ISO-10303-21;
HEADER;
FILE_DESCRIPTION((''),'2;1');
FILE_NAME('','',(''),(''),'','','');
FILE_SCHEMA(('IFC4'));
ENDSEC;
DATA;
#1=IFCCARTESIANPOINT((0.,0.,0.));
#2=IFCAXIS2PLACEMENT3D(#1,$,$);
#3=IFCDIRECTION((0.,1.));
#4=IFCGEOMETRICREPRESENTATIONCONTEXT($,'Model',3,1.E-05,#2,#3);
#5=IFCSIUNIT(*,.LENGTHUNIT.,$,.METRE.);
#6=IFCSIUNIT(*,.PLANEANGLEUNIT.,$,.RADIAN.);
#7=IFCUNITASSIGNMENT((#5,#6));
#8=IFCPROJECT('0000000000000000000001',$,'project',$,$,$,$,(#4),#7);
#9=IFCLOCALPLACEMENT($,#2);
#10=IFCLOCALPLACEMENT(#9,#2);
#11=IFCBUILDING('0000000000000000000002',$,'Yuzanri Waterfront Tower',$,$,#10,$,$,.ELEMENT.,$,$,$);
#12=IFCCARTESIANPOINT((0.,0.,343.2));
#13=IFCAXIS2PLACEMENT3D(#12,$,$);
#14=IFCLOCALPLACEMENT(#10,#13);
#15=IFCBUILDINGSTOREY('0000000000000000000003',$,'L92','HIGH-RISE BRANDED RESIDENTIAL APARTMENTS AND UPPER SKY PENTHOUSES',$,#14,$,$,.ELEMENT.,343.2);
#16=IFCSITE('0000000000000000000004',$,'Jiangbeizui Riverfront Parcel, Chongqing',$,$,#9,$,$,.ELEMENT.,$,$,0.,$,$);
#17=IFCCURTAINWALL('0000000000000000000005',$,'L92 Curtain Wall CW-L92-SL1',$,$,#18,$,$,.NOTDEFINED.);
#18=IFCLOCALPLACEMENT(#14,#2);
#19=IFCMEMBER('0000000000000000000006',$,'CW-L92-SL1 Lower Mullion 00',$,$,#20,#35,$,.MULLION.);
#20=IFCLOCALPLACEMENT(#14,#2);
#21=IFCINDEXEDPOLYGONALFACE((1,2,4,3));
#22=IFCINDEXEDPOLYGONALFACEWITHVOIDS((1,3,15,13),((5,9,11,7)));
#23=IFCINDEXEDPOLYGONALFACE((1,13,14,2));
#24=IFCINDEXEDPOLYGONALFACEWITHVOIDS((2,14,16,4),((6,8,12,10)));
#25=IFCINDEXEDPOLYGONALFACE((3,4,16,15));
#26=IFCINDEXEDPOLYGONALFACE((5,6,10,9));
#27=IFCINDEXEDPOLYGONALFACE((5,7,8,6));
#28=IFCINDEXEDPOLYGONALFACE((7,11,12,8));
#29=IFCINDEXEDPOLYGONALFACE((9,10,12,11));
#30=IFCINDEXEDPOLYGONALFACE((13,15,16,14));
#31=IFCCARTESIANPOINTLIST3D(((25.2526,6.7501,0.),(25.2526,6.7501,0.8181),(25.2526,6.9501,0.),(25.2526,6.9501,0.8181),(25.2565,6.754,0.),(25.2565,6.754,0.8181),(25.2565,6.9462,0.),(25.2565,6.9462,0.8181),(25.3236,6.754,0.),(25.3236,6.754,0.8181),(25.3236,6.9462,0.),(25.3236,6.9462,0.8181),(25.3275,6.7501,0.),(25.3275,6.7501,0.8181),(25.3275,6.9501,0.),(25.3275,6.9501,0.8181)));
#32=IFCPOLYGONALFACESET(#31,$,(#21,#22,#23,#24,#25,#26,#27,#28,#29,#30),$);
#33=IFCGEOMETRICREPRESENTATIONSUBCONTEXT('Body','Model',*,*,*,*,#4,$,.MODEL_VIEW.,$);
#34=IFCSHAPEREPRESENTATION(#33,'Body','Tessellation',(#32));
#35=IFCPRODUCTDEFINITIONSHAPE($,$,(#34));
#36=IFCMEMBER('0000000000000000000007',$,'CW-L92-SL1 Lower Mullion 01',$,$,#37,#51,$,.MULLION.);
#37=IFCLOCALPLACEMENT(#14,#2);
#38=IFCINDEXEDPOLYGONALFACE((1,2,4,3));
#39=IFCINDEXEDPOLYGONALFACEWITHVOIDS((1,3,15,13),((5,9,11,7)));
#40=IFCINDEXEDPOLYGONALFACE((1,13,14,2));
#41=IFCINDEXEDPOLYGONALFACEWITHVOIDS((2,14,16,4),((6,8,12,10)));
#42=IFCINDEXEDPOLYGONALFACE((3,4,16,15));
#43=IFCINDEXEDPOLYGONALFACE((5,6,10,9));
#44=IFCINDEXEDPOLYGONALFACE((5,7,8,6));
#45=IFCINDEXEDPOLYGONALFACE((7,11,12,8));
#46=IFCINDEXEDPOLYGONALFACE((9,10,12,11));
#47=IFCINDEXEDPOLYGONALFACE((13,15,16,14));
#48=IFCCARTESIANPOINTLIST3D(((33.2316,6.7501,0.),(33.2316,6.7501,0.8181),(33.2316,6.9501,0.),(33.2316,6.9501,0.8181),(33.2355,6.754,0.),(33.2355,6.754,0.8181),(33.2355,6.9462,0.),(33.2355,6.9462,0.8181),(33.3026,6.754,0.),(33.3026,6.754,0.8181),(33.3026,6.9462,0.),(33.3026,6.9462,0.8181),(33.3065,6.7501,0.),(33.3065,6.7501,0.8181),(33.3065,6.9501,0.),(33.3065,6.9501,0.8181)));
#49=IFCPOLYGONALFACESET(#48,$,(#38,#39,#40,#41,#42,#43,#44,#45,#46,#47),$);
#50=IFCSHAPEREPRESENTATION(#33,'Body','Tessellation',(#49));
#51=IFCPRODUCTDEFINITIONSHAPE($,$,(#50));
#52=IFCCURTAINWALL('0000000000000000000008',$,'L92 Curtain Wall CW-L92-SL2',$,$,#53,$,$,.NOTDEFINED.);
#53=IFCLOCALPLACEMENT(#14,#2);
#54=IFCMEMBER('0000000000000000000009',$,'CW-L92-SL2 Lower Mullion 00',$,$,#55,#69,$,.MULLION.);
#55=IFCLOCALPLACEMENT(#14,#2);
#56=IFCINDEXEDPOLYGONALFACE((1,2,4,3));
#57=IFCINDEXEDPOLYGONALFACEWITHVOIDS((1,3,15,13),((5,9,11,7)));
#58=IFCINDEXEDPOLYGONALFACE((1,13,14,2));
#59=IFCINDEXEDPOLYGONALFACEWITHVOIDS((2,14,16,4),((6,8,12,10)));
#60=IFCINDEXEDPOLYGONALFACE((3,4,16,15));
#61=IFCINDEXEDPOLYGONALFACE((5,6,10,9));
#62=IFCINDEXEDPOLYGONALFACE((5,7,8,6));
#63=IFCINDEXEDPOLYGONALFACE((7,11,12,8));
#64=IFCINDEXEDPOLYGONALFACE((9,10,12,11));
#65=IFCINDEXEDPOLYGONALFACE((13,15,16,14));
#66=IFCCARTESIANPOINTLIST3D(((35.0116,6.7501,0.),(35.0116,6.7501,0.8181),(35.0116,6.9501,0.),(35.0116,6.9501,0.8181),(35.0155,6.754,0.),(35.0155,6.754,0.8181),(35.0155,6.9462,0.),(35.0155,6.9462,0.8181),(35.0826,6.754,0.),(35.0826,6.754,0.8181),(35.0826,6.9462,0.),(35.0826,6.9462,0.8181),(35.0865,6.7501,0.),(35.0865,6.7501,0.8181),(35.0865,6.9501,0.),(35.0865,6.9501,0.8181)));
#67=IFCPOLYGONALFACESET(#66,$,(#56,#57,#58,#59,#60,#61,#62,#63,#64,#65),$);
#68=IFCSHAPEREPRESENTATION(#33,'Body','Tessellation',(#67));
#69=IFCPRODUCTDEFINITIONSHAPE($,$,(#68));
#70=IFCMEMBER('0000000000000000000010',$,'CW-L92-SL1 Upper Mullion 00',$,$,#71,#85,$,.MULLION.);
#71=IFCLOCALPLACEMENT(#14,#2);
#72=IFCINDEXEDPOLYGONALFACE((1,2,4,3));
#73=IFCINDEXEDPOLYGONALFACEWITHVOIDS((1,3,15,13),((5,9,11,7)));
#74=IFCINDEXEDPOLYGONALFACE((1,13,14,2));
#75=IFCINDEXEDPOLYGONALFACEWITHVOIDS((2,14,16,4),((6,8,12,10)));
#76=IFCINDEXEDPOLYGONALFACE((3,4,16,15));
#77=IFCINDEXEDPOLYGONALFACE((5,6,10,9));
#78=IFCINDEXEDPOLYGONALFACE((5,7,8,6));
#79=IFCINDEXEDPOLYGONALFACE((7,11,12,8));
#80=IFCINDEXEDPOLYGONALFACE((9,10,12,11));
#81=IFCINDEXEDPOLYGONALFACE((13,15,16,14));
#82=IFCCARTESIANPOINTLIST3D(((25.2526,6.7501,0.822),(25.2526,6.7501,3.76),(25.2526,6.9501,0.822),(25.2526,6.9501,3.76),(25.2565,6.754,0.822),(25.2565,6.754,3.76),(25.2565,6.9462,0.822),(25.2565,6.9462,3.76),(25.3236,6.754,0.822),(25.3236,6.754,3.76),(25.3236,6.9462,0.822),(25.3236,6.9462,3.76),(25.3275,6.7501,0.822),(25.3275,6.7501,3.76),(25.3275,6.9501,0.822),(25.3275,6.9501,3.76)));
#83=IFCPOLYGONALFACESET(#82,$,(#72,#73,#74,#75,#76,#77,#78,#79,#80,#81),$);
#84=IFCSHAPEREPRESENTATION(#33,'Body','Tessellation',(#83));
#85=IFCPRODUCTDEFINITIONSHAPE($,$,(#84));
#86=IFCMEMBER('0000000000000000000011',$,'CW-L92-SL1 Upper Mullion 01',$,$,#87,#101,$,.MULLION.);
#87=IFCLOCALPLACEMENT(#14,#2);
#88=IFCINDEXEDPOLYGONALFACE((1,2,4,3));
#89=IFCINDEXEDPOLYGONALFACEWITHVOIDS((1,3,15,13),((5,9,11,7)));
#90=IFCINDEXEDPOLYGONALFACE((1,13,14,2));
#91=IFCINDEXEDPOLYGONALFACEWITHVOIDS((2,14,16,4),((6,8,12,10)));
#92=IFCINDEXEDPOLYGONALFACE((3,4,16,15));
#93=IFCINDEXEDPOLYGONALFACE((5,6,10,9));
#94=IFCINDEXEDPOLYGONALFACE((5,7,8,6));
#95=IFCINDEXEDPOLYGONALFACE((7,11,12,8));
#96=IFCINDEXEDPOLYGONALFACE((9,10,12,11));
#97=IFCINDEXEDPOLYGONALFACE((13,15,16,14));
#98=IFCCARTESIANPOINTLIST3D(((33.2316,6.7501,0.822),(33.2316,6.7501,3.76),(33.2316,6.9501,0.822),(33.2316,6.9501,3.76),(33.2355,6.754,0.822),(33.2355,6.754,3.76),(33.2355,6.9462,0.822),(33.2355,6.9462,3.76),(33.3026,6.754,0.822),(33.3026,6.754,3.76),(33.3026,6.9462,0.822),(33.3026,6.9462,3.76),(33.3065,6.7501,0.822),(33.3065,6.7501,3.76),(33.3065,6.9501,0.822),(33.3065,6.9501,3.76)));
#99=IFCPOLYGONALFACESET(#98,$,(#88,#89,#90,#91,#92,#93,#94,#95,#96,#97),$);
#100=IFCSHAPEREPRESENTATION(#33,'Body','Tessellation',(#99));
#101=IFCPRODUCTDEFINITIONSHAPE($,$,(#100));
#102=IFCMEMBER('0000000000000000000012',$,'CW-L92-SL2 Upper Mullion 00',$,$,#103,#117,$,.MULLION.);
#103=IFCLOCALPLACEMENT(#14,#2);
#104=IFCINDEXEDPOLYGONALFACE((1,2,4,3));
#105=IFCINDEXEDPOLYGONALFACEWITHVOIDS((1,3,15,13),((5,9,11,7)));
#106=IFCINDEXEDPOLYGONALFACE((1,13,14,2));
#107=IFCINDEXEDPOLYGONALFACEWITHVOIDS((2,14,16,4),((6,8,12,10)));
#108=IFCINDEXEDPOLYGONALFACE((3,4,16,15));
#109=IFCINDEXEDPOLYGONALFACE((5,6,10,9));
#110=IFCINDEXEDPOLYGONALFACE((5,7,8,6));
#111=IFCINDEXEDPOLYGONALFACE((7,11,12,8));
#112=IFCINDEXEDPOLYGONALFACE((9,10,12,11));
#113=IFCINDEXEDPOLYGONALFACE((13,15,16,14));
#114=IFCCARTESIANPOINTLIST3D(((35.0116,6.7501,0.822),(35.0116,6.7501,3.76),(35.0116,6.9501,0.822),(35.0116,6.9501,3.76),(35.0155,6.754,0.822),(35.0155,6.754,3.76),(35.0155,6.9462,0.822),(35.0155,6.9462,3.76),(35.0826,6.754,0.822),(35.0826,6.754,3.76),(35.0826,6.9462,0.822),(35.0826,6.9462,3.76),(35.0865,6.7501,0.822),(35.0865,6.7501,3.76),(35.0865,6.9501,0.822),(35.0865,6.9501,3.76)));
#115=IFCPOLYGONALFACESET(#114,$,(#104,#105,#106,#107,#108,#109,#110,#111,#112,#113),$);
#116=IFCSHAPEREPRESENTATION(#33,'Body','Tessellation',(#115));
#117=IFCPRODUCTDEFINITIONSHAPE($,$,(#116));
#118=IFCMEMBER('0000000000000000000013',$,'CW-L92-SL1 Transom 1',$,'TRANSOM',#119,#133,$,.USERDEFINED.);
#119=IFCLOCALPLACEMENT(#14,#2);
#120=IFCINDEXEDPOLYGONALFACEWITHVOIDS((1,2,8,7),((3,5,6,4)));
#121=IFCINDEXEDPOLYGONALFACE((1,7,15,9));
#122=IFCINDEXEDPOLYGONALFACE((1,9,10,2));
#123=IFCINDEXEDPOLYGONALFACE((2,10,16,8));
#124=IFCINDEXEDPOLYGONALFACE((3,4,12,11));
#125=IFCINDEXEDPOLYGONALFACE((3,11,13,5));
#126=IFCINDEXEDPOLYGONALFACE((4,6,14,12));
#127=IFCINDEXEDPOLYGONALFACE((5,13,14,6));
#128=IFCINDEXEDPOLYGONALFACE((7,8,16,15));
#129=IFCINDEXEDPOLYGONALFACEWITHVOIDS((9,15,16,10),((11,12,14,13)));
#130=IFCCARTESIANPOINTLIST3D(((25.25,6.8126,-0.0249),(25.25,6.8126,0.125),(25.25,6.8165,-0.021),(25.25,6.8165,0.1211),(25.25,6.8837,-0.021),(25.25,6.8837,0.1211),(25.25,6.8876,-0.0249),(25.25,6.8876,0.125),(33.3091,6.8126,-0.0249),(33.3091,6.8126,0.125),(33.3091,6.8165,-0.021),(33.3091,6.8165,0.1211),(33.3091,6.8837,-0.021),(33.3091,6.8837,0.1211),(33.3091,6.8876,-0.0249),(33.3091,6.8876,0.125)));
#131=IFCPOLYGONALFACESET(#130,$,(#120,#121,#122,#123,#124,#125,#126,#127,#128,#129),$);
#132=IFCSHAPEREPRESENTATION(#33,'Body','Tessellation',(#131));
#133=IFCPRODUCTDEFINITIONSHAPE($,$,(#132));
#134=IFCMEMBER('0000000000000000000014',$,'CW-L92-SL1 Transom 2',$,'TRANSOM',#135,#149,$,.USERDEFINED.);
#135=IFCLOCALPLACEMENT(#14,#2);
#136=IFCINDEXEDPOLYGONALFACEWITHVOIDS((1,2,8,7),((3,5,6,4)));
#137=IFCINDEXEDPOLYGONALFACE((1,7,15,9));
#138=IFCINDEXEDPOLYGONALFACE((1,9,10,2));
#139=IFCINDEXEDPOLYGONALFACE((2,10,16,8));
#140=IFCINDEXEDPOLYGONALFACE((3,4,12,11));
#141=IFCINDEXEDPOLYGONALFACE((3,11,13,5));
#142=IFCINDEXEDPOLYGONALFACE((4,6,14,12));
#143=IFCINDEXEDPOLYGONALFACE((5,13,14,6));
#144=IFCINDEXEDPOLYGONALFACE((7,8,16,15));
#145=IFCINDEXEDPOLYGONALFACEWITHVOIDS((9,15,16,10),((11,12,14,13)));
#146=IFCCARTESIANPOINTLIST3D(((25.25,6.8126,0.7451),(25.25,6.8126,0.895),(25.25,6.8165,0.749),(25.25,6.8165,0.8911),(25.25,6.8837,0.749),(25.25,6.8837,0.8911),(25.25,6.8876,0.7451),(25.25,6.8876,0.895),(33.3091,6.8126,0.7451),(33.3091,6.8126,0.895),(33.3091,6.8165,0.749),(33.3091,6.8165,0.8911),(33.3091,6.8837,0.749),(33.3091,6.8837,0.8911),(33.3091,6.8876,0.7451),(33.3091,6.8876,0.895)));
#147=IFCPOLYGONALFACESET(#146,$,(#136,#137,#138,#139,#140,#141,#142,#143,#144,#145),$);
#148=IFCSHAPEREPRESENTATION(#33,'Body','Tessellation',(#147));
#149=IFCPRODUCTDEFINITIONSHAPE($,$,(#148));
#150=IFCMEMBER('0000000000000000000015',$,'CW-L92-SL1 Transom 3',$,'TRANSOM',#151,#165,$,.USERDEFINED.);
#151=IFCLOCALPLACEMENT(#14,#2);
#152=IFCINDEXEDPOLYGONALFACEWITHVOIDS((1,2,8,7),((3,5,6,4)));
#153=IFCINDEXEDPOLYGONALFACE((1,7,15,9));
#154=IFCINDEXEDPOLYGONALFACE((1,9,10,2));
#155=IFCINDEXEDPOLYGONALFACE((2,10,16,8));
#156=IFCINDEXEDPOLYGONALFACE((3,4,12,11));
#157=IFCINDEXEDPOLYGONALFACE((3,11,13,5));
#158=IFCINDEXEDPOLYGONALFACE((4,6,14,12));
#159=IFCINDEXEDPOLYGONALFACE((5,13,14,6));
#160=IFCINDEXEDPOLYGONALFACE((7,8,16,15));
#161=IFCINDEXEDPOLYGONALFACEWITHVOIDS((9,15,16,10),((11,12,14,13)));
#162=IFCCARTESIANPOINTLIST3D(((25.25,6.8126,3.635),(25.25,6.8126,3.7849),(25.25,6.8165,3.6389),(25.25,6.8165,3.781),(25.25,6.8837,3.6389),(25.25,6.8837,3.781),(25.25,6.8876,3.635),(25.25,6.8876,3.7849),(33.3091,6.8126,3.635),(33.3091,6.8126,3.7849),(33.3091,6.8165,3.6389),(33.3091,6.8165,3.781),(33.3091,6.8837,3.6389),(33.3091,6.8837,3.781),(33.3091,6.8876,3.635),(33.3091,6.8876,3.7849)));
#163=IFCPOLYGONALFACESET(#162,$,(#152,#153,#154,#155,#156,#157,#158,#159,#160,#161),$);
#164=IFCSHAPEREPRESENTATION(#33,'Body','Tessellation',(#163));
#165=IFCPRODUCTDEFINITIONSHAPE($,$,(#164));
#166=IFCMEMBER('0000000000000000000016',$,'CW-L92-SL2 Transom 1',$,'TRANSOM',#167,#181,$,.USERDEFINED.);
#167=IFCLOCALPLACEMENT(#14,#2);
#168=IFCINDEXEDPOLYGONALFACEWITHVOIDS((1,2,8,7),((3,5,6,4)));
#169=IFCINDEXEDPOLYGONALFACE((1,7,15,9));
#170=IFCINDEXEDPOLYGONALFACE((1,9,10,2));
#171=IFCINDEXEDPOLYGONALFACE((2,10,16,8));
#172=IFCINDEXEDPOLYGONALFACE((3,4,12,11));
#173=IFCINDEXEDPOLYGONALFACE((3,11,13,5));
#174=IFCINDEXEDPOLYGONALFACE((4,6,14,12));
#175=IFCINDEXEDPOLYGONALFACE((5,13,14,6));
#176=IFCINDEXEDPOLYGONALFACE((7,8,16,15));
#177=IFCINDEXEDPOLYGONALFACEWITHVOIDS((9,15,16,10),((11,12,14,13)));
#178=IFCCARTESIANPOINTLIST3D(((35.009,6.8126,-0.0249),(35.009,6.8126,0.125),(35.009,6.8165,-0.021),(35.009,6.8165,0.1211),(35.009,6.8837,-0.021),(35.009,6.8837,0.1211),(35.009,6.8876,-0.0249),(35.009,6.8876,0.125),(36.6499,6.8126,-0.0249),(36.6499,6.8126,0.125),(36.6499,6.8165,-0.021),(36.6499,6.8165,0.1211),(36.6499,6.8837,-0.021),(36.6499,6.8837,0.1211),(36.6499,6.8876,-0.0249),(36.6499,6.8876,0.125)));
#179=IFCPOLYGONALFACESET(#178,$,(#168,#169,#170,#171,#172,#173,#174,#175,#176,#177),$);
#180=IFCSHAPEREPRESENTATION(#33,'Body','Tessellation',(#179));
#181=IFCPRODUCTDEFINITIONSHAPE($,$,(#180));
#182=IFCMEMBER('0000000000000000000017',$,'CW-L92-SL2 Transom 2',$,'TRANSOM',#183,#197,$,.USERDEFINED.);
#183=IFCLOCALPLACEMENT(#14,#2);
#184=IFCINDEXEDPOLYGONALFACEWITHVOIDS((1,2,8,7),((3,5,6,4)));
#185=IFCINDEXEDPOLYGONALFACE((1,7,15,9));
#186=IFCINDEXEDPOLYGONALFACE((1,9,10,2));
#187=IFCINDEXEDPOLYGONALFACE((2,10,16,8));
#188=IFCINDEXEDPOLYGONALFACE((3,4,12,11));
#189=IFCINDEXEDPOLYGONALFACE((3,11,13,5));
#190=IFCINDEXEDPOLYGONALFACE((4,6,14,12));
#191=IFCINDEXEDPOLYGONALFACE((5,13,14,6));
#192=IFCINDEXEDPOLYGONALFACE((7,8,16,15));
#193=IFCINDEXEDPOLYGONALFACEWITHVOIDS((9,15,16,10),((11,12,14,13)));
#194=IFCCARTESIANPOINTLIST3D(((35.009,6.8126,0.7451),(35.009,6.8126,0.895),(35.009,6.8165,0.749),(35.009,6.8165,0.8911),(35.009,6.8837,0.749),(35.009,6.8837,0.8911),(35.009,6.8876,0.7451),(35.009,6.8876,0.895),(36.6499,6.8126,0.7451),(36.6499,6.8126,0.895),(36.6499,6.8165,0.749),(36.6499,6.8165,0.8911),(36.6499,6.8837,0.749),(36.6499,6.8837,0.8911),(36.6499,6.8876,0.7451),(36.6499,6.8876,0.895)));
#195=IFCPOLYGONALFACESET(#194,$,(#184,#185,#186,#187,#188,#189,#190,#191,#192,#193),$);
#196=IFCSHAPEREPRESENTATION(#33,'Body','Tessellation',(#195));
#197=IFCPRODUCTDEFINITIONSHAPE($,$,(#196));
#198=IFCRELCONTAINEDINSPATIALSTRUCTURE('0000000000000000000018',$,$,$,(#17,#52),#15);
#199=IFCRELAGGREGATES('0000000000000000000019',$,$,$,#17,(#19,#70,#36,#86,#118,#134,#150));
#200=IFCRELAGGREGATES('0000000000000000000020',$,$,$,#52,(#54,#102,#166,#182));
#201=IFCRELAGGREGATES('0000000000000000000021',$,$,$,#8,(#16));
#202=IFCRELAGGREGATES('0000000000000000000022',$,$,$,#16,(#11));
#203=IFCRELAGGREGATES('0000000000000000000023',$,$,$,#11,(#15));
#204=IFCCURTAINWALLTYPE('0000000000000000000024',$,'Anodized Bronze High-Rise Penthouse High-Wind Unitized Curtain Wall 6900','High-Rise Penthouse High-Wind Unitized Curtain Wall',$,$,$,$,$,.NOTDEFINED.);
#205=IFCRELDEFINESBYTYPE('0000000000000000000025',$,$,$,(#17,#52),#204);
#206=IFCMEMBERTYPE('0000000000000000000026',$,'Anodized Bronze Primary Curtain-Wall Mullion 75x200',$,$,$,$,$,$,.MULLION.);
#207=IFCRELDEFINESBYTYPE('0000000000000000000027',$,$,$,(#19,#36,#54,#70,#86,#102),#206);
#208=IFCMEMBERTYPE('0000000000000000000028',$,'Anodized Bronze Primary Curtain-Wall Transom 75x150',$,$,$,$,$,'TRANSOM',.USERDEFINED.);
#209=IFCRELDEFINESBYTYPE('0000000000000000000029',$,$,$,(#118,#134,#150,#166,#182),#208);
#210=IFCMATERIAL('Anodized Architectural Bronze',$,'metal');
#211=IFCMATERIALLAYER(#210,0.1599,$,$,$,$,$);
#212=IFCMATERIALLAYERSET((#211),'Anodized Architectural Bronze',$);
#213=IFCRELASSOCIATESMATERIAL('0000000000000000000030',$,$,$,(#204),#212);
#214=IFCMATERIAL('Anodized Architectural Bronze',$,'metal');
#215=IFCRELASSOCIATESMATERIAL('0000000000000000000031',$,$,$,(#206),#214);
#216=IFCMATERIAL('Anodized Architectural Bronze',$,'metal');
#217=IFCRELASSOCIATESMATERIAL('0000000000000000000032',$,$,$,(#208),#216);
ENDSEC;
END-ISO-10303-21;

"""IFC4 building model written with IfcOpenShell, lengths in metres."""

from ifc_helpers import new_model, si_unit, direction, frame, origin, origin_2d, place, context, subcontext, project, spatial, hollow_rectangle, extrude, source, transform, mapped, material, layer, layer_set, material_profile, profile_set, type_object, element, aggregate, save


model = new_model("IFC4")

# Units and contexts
model_context = context("Model", 3, precision=1e-05, world=origin(), true_north=direction((0.0, 1.0)))
body_context = subcontext(model_context, "Body", "Model", "MODEL_VIEW")
ifc_project = project(units=[si_unit("LENGTHUNIT", "METRE"), si_unit("PLANEANGLEUNIT", "RADIAN")], contexts=[model_context])

# Site, building, storey
site_placement = place(None, origin())
site = spatial("IfcSite", under=ifc_project, at=site_placement, Name="Jiangbeizui Riverfront Parcel, Chongqing", CompositionType="ELEMENT", RefElevation=0.0)
building_placement = place(site_placement, origin())
building = spatial("IfcBuilding", under=site, at=building_placement, Name="Yuzanri Waterfront Tower", CompositionType="ELEMENT")
storey_placement = place(building_placement, frame((0.0, 0.0, 343.2)))
storey = spatial("IfcBuildingStorey", under=building, at=storey_placement, Name="L92", Description="HIGH-RISE BRANDED RESIDENTIAL APARTMENTS AND UPPER SKY PENTHOUSES", CompositionType="ELEMENT", Elevation=343.2)

# Curtain wall, members
ifc_material_1 = material(Name="Anodized Architectural Bronze", Category="metal")
ifc_layer_1 = layer(ifc_material_1, 0.1599)
ifc_layer_set_1 = layer_set([ifc_layer_1], Name="Anodized Architectural Bronze")
curtain_wall_type = type_object("IfcCurtainWallType", Name="Anodized Bronze High-Rise Penthouse High-Wind Unitized Curtain Wall 6900", Description="High-Rise Penthouse High-Wind Unitized Curtain Wall", PredefinedType="NOTDEFINED", material=ifc_layer_set_1)
curtain_wall_1_placement = place(storey_placement, origin())
curtain_wall_1 = element("IfcCurtainWall", 1, at=curtain_wall_1_placement, inside=storey, type_object=curtain_wall_type, Name="L92 Curtain Wall CW-L92-SL1", PredefinedType="NOTDEFINED")
ifc_material_2 = material(Name="Anodized Architectural Bronze", Category="metal")
ifc_material_profile_1 = material_profile(ifc_material_2, hollow_rectangle(XDim=0.075, YDim=0.2, WallThickness=0.0039, at=origin_2d()), Name="CWM 75x200")
ifc_profile_set_1 = profile_set([ifc_material_profile_1], Name="Anodized Architectural Bronze")
member_type_1 = type_object("IfcMemberType", Name="Anodized Bronze Primary Curtain-Wall Mullion 75x200", PredefinedType="MULLION", material=ifc_profile_set_1)
shared_shape_1 = source(origin(), body_context, "Body", "SweptSolid", [
    extrude(hollow_rectangle(XDim=0.075, YDim=0.2, WallThickness=0.0039, at=origin_2d()), origin(), (0.0, 0.0, 1.0), 0.8181),
])
member_1_placement = place(storey_placement, frame((25.29, 6.8501, 0.0), z_axis=(0.0, 0.0, 1.0), x_axis=(1.0, 0.0, 0.0)))
member_1 = element("IfcMember", 2, at=member_1_placement, type_object=member_type_1, Name="CW-L92-SL1 Lower Mullion 00", PredefinedType="MULLION", context=body_context, shape_type="MappedRepresentation", body=[
    mapped(shared_shape_1, transform((0.0, 0.0, 0.0), scale=1.0)),
])
member_2_placement = place(storey_placement, frame((33.269, 6.8501, 0.0), z_axis=(0.0, 0.0, 1.0), x_axis=(1.0, 0.0, 0.0)))
member_2 = element("IfcMember", 3, at=member_2_placement, type_object=member_type_1, Name="CW-L92-SL1 Lower Mullion 01", PredefinedType="MULLION", context=body_context, shape_type="MappedRepresentation", body=[
    mapped(shared_shape_1, transform((0.0, 0.0, 0.0), scale=1.0)),
])

# Curtain wall, member
curtain_wall_2_placement = place(storey_placement, origin())
curtain_wall_2 = element("IfcCurtainWall", 4, at=curtain_wall_2_placement, inside=storey, type_object=curtain_wall_type, Name="L92 Curtain Wall CW-L92-SL2", PredefinedType="NOTDEFINED")
member_3_placement = place(storey_placement, frame((35.0491, 6.8501, 0.0), z_axis=(0.0, 0.0, 1.0), x_axis=(1.0, 0.0, 0.0)))
member_3 = element("IfcMember", 5, at=member_3_placement, type_object=member_type_1, Name="CW-L92-SL2 Lower Mullion 00", PredefinedType="MULLION", context=body_context, shape_type="MappedRepresentation", body=[
    mapped(shared_shape_1, transform((0.0, 0.0, 0.0), scale=1.0)),
])

# Members
shared_shape_2 = source(origin(), body_context, "Body", "SweptSolid", [
    extrude(hollow_rectangle(XDim=0.075, YDim=0.2, WallThickness=0.0039, at=origin_2d()), origin(), (0.0, 0.0, 1.0), 2.938),
])
member_4_placement = place(storey_placement, frame((25.29, 6.8501, 0.822), z_axis=(0.0, 0.0, 1.0), x_axis=(1.0, 0.0, 0.0)))
member_4 = element("IfcMember", 6, at=member_4_placement, type_object=member_type_1, Name="CW-L92-SL1 Upper Mullion 00", PredefinedType="MULLION", context=body_context, shape_type="MappedRepresentation", body=[
    mapped(shared_shape_2, transform((0.0, 0.0, 0.0), scale=1.0)),
])
member_5_placement = place(storey_placement, frame((33.269, 6.8501, 0.822), z_axis=(0.0, 0.0, 1.0), x_axis=(1.0, 0.0, 0.0)))
member_5 = element("IfcMember", 7, at=member_5_placement, type_object=member_type_1, Name="CW-L92-SL1 Upper Mullion 01", PredefinedType="MULLION", context=body_context, shape_type="MappedRepresentation", body=[
    mapped(shared_shape_2, transform((0.0, 0.0, 0.0), scale=1.0)),
])
member_6_placement = place(storey_placement, frame((35.0491, 6.8501, 0.822), z_axis=(0.0, 0.0, 1.0), x_axis=(1.0, 0.0, 0.0)))
member_6 = element("IfcMember", 8, at=member_6_placement, type_object=member_type_1, Name="CW-L92-SL2 Upper Mullion 00", PredefinedType="MULLION", context=body_context, shape_type="MappedRepresentation", body=[
    mapped(shared_shape_2, transform((0.0, 0.0, 0.0), scale=1.0)),
])
ifc_material_3 = material(Name="Anodized Architectural Bronze", Category="metal")
ifc_material_profile_2 = material_profile(ifc_material_3, hollow_rectangle(XDim=0.075, YDim=0.1499, WallThickness=0.0039, at=origin_2d()), Name="CWT 75x150")
ifc_profile_set_2 = profile_set([ifc_material_profile_2], Name="Anodized Architectural Bronze")
member_type_2 = type_object("IfcMemberType", Name="Anodized Bronze Primary Curtain-Wall Transom 75x150", ElementType="TRANSOM", PredefinedType="USERDEFINED", material=ifc_profile_set_2)
shared_shape_3 = source(origin(), body_context, "Body", "SweptSolid", [
    extrude(hollow_rectangle(XDim=0.075, YDim=0.1499, WallThickness=0.0039, at=origin_2d()), origin(), (0.0, 0.0, 1.0), 8.0591),
])
member_7_placement = place(storey_placement, frame((25.25, 6.8501, 0.05), z_axis=(1.0, 0.0, 0.0), x_axis=(0.0, 1.0, 0.0)))
member_7 = element("IfcMember", 9, at=member_7_placement, type_object=member_type_2, Name="CW-L92-SL1 Transom 1", ObjectType="TRANSOM", PredefinedType="USERDEFINED", context=body_context, shape_type="MappedRepresentation", body=[
    mapped(shared_shape_3, transform((0.0, 0.0, 0.0), scale=1.0)),
])
member_8_placement = place(storey_placement, frame((25.25, 6.8501, 0.8201), z_axis=(1.0, 0.0, 0.0), x_axis=(0.0, 1.0, 0.0)))
member_8 = element("IfcMember", 10, at=member_8_placement, type_object=member_type_2, Name="CW-L92-SL1 Transom 2", ObjectType="TRANSOM", PredefinedType="USERDEFINED", context=body_context, shape_type="MappedRepresentation", body=[
    mapped(shared_shape_3, transform((0.0, 0.0, 0.0), scale=1.0)),
])
member_9_placement = place(storey_placement, frame((25.25, 6.8501, 3.71), z_axis=(1.0, 0.0, 0.0), x_axis=(0.0, 1.0, 0.0)))
member_9 = element("IfcMember", 11, at=member_9_placement, type_object=member_type_2, Name="CW-L92-SL1 Transom 3", ObjectType="TRANSOM", PredefinedType="USERDEFINED", context=body_context, shape_type="MappedRepresentation", body=[
    mapped(shared_shape_3, transform((0.0, 0.0, 0.0), scale=1.0)),
])
shared_shape_4 = source(origin(), body_context, "Body", "SweptSolid", [
    extrude(hollow_rectangle(XDim=0.075, YDim=0.1499, WallThickness=0.0039, at=origin_2d()), origin(), (0.0, 0.0, 1.0), 1.6409),
])
member_10_placement = place(storey_placement, frame((35.009, 6.8501, 0.05), z_axis=(1.0, 0.0, 0.0), x_axis=(0.0, 1.0, 0.0)))
member_10 = element("IfcMember", 12, at=member_10_placement, type_object=member_type_2, Name="CW-L92-SL2 Transom 1", ObjectType="TRANSOM", PredefinedType="USERDEFINED", context=body_context, shape_type="MappedRepresentation", body=[
    mapped(shared_shape_4, transform((0.0, 0.0, 0.0), scale=1.0)),
])
member_11_placement = place(storey_placement, frame((35.009, 6.8501, 0.8201), z_axis=(1.0, 0.0, 0.0), x_axis=(0.0, 1.0, 0.0)))
member_11 = element("IfcMember", 13, at=member_11_placement, type_object=member_type_2, Name="CW-L92-SL2 Transom 2", ObjectType="TRANSOM", PredefinedType="USERDEFINED", context=body_context, shape_type="MappedRepresentation", body=[
    mapped(shared_shape_4, transform((0.0, 0.0, 0.0), scale=1.0)),
])

aggregate(curtain_wall_1, [member_1, member_4, member_2, member_5, member_7, member_8, member_9])
aggregate(curtain_wall_2, [member_3, member_6, member_10, member_11])

save(model, "model.ifc")
